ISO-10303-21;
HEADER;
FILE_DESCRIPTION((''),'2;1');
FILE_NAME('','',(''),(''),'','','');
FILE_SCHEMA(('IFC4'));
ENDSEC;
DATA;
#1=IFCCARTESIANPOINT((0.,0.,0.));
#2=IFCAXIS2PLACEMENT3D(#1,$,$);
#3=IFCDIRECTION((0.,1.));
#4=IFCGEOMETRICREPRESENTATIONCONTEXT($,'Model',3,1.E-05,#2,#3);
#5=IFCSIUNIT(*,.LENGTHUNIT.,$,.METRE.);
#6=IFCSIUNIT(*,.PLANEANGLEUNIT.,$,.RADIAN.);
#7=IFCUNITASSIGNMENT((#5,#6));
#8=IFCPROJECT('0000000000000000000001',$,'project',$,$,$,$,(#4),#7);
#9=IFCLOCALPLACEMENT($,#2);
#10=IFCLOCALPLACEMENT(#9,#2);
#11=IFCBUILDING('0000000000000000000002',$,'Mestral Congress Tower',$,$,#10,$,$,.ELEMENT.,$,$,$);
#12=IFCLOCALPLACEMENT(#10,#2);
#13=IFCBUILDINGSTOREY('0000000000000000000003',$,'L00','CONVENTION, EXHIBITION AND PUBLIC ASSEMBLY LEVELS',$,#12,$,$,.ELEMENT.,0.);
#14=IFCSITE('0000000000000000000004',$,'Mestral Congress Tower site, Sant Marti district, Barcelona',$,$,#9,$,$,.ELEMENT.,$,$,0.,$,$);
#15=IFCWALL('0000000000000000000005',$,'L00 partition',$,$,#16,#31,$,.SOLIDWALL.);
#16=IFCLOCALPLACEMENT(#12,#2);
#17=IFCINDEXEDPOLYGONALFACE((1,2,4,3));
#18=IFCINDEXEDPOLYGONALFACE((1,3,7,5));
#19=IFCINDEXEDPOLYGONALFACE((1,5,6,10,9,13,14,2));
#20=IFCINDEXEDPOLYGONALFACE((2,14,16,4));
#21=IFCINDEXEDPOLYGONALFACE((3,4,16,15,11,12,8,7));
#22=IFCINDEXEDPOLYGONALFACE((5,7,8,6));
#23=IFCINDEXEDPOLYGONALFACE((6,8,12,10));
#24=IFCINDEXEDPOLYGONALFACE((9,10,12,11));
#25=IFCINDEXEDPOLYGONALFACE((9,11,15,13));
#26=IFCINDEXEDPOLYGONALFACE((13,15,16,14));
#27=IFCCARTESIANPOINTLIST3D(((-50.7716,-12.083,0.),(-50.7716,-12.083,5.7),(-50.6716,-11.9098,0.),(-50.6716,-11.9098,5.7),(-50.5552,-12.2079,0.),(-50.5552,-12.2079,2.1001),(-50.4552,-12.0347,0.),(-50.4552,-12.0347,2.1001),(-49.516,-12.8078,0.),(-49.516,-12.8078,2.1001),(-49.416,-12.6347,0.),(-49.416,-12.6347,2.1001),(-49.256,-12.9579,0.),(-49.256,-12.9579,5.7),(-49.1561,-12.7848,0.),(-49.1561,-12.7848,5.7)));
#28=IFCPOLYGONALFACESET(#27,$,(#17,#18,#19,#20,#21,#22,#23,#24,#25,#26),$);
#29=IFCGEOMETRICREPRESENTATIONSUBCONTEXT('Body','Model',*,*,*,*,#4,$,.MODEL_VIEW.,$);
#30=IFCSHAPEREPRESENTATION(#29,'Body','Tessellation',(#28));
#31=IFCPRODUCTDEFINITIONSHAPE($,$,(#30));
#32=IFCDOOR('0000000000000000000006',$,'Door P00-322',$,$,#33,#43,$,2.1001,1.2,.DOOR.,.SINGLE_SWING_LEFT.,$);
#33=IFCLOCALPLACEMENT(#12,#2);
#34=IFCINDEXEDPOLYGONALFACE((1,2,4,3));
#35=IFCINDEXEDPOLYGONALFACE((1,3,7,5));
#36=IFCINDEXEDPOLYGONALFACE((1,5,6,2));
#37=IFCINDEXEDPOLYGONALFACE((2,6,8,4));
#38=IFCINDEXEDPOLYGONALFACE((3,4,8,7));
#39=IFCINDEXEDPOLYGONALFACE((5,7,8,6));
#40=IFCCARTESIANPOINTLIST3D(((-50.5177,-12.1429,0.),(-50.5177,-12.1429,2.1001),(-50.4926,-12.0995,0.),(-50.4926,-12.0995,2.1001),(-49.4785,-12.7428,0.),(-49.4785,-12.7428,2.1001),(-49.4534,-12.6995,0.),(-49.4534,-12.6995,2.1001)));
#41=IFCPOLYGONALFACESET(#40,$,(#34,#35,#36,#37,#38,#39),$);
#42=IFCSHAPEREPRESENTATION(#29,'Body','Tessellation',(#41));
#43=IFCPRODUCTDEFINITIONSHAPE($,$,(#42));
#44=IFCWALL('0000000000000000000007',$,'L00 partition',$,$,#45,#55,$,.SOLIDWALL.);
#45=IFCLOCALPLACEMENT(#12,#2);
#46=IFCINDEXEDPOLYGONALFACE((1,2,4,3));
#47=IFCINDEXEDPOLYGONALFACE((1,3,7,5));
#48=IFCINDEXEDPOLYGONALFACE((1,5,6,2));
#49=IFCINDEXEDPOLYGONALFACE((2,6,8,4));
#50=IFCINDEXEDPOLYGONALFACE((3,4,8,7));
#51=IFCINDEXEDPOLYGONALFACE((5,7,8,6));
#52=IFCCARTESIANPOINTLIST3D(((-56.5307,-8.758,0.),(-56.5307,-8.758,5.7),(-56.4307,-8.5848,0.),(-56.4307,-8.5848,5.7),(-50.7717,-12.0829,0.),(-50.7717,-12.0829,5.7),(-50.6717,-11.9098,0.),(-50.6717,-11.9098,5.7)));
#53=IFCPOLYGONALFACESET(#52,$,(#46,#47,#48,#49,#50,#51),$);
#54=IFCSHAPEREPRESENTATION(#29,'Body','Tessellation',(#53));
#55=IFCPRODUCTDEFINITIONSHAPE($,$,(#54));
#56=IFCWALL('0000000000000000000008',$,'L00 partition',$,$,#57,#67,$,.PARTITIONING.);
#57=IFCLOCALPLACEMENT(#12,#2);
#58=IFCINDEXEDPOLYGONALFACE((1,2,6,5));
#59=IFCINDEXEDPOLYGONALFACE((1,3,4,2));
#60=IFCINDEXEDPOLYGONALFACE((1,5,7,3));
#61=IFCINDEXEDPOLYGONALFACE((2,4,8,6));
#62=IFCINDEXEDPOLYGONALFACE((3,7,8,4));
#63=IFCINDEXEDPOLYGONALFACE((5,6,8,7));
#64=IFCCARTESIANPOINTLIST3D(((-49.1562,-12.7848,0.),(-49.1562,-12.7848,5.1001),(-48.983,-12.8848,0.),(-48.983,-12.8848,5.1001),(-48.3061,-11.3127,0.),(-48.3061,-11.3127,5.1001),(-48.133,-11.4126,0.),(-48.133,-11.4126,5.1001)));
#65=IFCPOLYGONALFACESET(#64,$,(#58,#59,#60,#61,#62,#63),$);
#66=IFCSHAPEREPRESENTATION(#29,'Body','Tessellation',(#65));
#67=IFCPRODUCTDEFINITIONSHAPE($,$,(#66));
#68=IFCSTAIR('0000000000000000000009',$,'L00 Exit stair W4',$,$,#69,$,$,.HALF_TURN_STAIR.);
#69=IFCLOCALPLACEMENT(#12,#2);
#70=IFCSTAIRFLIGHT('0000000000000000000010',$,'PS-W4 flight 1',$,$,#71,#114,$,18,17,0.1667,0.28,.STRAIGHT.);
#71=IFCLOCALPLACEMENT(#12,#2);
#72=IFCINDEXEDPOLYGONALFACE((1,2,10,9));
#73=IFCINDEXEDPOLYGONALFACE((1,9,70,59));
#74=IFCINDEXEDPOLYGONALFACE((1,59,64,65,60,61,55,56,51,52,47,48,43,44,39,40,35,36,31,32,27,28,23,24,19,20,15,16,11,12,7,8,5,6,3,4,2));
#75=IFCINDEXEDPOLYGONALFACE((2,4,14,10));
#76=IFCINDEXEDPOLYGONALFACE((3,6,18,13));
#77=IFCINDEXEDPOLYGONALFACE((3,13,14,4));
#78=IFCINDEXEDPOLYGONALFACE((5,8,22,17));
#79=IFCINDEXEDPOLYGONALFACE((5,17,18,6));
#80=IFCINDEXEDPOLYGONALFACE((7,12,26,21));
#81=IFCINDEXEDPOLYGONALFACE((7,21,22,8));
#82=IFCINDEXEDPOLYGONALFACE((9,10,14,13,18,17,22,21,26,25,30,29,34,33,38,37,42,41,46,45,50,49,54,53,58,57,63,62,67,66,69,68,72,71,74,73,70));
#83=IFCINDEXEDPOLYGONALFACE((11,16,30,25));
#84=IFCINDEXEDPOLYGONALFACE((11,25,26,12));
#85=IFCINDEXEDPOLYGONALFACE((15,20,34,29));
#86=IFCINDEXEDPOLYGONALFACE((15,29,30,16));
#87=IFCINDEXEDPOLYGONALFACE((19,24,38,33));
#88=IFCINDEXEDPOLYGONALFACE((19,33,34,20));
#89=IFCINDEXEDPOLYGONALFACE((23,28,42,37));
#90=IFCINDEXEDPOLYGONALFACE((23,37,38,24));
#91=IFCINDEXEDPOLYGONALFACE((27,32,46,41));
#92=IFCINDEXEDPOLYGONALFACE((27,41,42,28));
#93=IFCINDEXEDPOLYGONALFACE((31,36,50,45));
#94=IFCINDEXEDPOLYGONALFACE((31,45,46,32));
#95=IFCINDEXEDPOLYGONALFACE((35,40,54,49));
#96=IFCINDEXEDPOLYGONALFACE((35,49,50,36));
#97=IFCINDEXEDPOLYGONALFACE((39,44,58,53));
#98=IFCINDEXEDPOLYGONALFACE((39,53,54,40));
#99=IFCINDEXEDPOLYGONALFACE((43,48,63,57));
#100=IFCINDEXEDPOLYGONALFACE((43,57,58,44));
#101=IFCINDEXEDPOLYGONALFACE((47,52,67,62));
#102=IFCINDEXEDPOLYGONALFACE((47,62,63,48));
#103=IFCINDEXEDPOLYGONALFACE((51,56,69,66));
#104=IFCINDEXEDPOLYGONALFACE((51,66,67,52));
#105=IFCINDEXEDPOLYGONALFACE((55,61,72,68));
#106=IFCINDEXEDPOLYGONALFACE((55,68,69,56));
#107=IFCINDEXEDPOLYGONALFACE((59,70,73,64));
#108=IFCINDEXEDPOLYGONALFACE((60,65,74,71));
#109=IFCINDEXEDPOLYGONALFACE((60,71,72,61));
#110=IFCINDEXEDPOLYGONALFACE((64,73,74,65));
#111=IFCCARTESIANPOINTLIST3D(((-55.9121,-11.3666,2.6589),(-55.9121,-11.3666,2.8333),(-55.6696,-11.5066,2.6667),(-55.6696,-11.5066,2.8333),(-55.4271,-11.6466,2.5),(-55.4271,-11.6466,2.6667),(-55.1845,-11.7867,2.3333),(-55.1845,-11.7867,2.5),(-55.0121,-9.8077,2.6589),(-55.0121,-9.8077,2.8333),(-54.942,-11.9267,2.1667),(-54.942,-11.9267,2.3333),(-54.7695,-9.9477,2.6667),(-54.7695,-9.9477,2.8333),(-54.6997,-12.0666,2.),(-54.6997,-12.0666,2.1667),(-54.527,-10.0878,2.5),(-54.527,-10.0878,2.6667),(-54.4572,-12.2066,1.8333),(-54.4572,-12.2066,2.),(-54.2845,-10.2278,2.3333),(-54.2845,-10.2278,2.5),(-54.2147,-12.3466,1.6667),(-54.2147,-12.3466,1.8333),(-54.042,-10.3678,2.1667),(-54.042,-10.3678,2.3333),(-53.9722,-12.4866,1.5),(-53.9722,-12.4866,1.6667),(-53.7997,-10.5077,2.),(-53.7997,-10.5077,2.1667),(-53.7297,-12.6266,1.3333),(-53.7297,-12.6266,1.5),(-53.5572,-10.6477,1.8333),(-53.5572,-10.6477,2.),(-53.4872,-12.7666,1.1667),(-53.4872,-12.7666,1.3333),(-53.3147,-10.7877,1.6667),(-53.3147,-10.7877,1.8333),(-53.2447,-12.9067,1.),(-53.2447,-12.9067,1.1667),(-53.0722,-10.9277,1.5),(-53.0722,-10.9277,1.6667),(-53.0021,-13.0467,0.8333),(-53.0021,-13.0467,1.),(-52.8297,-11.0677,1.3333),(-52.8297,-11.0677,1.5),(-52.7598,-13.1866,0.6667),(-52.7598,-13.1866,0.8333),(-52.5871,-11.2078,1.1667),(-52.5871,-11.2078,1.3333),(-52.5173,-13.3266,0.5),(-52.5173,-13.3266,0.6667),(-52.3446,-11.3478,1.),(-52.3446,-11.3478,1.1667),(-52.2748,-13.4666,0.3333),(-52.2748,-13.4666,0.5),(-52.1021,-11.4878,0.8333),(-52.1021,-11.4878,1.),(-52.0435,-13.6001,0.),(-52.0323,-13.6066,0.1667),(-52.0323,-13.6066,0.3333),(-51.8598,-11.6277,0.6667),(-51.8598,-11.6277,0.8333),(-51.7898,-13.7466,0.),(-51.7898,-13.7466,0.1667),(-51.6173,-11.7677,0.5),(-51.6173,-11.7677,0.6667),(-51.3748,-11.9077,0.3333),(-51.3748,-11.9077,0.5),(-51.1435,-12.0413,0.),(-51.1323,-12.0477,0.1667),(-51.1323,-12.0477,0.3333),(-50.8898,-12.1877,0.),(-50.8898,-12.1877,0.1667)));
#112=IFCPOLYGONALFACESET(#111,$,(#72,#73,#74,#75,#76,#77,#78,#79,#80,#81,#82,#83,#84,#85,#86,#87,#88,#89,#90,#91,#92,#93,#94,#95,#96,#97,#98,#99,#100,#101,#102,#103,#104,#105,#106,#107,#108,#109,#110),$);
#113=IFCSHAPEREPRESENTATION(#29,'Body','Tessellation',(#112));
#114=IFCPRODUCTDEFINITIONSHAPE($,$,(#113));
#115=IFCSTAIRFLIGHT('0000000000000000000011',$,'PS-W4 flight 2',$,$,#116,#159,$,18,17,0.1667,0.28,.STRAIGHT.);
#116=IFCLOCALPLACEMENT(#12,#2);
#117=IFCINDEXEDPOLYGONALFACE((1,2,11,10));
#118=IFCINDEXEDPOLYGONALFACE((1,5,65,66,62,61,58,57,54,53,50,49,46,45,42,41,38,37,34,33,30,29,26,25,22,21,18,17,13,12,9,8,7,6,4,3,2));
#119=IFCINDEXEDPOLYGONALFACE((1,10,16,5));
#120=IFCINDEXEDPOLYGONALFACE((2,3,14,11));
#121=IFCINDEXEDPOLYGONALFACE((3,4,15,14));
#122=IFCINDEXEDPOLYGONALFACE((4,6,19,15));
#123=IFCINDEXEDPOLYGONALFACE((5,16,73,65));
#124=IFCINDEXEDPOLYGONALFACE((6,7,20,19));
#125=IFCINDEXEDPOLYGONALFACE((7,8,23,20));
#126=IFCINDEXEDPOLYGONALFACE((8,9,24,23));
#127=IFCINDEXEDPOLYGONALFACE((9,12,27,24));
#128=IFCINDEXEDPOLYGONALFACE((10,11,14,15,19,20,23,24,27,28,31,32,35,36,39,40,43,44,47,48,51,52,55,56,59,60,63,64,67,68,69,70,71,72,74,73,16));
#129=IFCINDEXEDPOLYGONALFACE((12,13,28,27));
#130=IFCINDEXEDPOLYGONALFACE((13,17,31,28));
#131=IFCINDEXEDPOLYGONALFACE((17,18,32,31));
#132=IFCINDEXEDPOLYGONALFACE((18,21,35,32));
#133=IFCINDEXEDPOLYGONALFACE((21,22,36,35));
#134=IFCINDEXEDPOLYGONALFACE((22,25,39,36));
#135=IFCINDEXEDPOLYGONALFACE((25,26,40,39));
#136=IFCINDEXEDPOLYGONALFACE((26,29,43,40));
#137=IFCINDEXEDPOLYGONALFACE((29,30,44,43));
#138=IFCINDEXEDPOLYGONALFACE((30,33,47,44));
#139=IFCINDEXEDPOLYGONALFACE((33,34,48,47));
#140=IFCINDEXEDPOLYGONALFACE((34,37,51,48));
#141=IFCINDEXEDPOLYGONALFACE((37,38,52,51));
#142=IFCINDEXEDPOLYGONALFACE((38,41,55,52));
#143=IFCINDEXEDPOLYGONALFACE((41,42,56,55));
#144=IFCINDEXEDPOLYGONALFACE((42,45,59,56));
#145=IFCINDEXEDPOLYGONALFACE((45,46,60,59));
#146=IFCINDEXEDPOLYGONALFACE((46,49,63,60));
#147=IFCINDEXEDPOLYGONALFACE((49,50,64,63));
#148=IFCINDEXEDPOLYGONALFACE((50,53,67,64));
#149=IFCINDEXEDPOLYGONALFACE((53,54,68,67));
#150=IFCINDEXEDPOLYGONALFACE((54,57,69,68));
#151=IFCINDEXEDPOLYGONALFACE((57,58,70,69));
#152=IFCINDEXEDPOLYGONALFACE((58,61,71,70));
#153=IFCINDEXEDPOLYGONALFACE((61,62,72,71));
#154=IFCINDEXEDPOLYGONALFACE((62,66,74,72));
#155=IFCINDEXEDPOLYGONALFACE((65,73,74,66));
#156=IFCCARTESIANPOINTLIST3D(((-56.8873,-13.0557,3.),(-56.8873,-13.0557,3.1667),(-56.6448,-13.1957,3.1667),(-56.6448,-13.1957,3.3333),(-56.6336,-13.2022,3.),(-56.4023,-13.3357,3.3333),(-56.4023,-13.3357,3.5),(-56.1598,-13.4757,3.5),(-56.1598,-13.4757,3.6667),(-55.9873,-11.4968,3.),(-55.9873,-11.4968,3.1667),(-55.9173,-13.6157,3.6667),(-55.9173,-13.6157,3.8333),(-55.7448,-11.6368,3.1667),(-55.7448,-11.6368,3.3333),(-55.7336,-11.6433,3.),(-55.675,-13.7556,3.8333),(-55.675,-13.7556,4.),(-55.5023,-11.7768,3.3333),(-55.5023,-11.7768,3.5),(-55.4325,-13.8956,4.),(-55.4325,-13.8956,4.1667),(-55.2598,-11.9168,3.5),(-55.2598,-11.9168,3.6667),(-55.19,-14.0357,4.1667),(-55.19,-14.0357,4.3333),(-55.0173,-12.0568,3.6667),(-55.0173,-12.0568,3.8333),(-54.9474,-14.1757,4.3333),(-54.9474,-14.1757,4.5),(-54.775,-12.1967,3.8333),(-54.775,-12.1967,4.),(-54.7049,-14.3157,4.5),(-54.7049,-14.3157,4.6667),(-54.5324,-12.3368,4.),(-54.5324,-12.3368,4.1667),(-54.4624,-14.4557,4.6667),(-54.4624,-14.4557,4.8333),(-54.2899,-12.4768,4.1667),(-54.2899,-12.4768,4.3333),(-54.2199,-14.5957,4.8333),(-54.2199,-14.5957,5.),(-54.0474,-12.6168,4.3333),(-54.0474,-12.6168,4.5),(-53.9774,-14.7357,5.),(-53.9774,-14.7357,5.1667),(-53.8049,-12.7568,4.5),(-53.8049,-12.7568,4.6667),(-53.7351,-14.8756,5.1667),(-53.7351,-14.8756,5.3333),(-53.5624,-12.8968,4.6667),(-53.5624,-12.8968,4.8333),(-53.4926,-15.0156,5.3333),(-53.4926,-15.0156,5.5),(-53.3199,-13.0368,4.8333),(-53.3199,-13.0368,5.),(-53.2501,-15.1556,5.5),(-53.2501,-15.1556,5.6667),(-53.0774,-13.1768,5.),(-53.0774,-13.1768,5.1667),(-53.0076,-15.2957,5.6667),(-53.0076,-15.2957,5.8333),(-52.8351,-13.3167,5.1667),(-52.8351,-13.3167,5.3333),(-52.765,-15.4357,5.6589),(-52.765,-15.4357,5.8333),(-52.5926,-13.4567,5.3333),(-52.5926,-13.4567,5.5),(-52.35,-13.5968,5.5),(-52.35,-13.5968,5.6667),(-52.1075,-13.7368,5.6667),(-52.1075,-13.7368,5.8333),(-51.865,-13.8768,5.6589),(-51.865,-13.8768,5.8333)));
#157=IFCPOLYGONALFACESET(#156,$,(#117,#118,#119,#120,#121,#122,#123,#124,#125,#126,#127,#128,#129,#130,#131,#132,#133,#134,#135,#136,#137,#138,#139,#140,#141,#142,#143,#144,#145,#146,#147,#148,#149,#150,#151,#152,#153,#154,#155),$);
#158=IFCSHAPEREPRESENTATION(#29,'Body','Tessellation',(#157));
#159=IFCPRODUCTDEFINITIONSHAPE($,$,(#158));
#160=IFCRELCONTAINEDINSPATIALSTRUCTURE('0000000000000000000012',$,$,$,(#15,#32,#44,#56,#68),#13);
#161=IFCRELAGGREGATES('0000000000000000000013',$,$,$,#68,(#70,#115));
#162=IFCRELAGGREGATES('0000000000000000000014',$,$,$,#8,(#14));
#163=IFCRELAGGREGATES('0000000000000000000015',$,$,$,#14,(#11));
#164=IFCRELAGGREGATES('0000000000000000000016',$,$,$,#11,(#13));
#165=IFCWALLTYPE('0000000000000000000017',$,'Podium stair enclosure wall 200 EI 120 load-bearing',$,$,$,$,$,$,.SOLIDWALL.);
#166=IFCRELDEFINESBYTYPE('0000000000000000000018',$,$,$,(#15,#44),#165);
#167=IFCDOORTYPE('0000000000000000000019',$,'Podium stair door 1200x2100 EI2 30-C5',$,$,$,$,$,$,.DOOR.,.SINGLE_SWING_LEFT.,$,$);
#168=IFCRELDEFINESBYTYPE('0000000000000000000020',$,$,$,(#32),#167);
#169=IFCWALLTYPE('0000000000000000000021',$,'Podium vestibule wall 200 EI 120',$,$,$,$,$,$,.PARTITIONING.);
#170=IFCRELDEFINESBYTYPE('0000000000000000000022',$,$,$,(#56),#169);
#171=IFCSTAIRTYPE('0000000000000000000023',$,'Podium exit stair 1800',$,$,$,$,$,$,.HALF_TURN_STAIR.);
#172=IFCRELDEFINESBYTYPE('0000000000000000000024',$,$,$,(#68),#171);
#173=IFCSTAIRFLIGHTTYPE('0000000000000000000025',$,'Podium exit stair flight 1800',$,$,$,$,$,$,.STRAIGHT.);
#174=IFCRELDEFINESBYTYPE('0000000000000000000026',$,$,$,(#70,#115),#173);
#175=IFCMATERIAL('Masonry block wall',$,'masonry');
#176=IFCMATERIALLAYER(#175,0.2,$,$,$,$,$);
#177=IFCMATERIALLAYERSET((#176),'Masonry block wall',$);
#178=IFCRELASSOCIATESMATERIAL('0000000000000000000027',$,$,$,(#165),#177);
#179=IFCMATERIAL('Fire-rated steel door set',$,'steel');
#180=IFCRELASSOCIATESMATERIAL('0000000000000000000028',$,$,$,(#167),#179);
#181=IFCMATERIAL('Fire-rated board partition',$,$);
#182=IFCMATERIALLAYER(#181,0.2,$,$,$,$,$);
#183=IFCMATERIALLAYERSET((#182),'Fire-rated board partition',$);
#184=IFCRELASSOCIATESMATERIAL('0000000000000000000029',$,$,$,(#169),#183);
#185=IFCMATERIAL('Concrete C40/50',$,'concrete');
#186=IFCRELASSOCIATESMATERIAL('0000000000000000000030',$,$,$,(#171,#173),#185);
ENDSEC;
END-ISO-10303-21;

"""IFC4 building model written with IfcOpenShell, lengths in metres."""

from ifc_helpers import new_model, si_unit, direction, frame, frame_2d, origin, place, context, subcontext, project, spatial, polyline, rectangle, outline, extrude, material, layer, layer_set, type_object, element, fill, aggregate, save


model = new_model("IFC4")

# Units and contexts
model_context = context("Model", 3, precision=1e-05, world=origin(), true_north=direction((0.0, 1.0)))
body_context = subcontext(model_context, "Body", "Model", "MODEL_VIEW")
ifc_project = project(units=[si_unit("LENGTHUNIT", "METRE"), si_unit("PLANEANGLEUNIT", "RADIAN")], contexts=[model_context])

# Site, building, storey
site_placement = place(None, origin())
site = spatial("IfcSite", under=ifc_project, at=site_placement, Name="Mestral Congress Tower site, Sant Marti district, Barcelona", CompositionType="ELEMENT", RefElevation=0.0)
building_placement = place(site_placement, origin())
building = spatial("IfcBuilding", under=site, at=building_placement, Name="Mestral Congress Tower", CompositionType="ELEMENT")
storey_placement = place(building_placement, origin())
storey = spatial("IfcBuildingStorey", under=building, at=storey_placement, Name="L00", Description="CONVENTION, EXHIBITION AND PUBLIC ASSEMBLY LEVELS", CompositionType="ELEMENT", Elevation=0.0)

# Shared definitions
ifc_material_1 = material(Name="Masonry block wall", Category="masonry")
ifc_layer_1 = layer(ifc_material_1, 0.2)
ifc_layer_set_1 = layer_set([ifc_layer_1], Name="Masonry block wall")
wall_type_1 = type_object("IfcWallType", Name="Podium stair enclosure wall 200 EI 120 load-bearing", PredefinedType="SOLIDWALL", material=ifc_layer_set_1)

# Wall, opening, door
wall_1_placement = place(storey_placement, frame((-49.2061, -12.8713, 0.0), z_axis=(0.0, 0.0, 1.0), x_axis=(-0.866037, 0.49998, 0.0)))
wall_1 = element("IfcWall", 1, at=wall_1_placement, inside=storey, type_object=wall_type_1, Name="L00 partition", PredefinedType="SOLIDWALL", context=body_context, shape_type="SweptSolid", body=[
    extrude(rectangle(XDim=1.75, YDim=0.2, at=frame_2d((0.875, 0.0))), origin(), (0.0, 0.0, 1.0), 5.7),
])
opening_1_placement = place(wall_1_placement, frame((0.3, 0.0, 0.0)))
opening_1 = element("IfcOpeningElement", 2, at=opening_1_placement, cuts=wall_1, PredefinedType="OPENING", context=body_context, shape_type="SweptSolid", body=[
    extrude(rectangle(XDim=1.2, YDim=2.1001, at=frame_2d((0.6001, 1.05))), frame((0.0, 0.1099, 0.0), z_axis=(0.0, -1.0, 0.0), x_axis=(1.0, 0.0, 0.0)), (0.0, 0.0, 1.0), 0.22),
])
ifc_material_2 = material(Name="Fire-rated steel door set", Category="steel")
door_type_1 = type_object("IfcDoorType", Name="Podium stair door 1200x2100 EI2 30-C5", OperationType="SINGLE_SWING_LEFT", PredefinedType="DOOR", material=ifc_material_2)
door_1_placement = place(opening_1_placement, origin())
door_1 = element("IfcDoor", 3, at=door_1_placement, inside=storey, type_object=door_type_1, Name="Door P00-322", OperationType="SINGLE_SWING_LEFT", OverallHeight=2.1001, OverallWidth=1.2, PredefinedType="DOOR", context=body_context, shape_type="SweptSolid", body=[
    extrude(rectangle(XDim=1.2, YDim=2.1001, at=frame_2d((0.6001, 1.05))), frame((0.0, 0.0249, 0.0), z_axis=(0.0, -1.0, 0.0), x_axis=(1.0, 0.0, 0.0)), (0.0, 0.0, 1.0), 0.05),
])
fill(opening_1, door_1)

# Walls
wall_2_placement = place(storey_placement, frame((-50.7217, -11.9963, 0.0), z_axis=(0.0, 0.0, 1.0), x_axis=(-0.866027, 0.499997, 0.0)))
element("IfcWall", 4, at=wall_2_placement, inside=storey, type_object=wall_type_1, Name="L00 partition", PredefinedType="SOLIDWALL", context=body_context, shape_type="SweptSolid", body=[
    extrude(rectangle(XDim=6.6499, YDim=0.2, at=frame_2d((3.325, 0.0))), origin(), (0.0, 0.0, 1.0), 5.7),
])
ifc_material_3 = material(Name="Fire-rated board partition")
ifc_layer_2 = layer(ifc_material_3, 0.2)
ifc_layer_set_2 = layer_set([ifc_layer_2], Name="Fire-rated board partition")
wall_type_2 = type_object("IfcWallType", Name="Podium vestibule wall 200 EI 120", PredefinedType="PARTITIONING", material=ifc_layer_set_2)
wall_3_placement = place(storey_placement, frame((-48.2195, -11.3625, 0.0), z_axis=(0.0, 0.0, 1.0), x_axis=(-0.500062, -0.865989, 0.0)))
element("IfcWall", 5, at=wall_3_placement, inside=storey, type_object=wall_type_2, Name="L00 partition", PredefinedType="PARTITIONING", context=body_context, shape_type="SweptSolid", body=[
    extrude(rectangle(XDim=1.7, YDim=0.2, at=frame_2d((0.8501, 0.0))), origin(), (0.0, 0.0, 1.0), 5.1001),
])

# Stair, stair flights
ifc_material_4 = material(Name="Concrete C40/50", Category="concrete")
stair_type = type_object("IfcStairType", Name="Podium exit stair 1800", PredefinedType="HALF_TURN_STAIR", material=ifc_material_4)
stair_placement = place(storey_placement, origin())
stair = element("IfcStair", 6, at=stair_placement, inside=storey, type_object=stair_type, Name="L00 Exit stair W4", PredefinedType="HALF_TURN_STAIR")
stair_flight_type = type_object("IfcStairFlightType", Name="Podium exit stair flight 1800", PredefinedType="STRAIGHT", material=ifc_material_4)
stair_flight_1_placement = place(storey_placement, frame((-51.3398, -12.9673, 0.0), z_axis=(0.0, 0.0, 1.0), x_axis=(-0.866025, 0.5, 0.0)))
stair_flight_1 = element("IfcStairFlight", 7, at=stair_flight_1_placement, type_object=stair_flight_type, Name="PS-W4 flight 1", NumberOfRisers=18, NumberOfTreads=17, PredefinedType="STRAIGHT", RiserHeight=0.1667, TreadLength=0.28, context=body_context, shape_type="SweptSolid", body=[
    extrude(outline(polyline([(0.0, 0.0), (0.0, 0.1667), (0.28, 0.1667), (0.28, 0.3333), (0.5601, 0.3333), (0.5601, 0.5), (0.8401, 0.5), (0.8401, 0.6667), (1.1201, 0.6667), (1.1201, 0.8333), (1.3999, 0.8333), (1.3999, 1.0), (1.6799, 1.0), (1.6799, 1.1667), (1.96, 1.1667), (1.96, 1.3333), (2.24, 1.3333), (2.24, 1.5), (2.52, 1.5), (2.52, 1.6667), (2.8, 1.6667), (2.8, 1.8333), (3.0801, 1.8333), (3.0801, 2.0), (3.3601, 2.0), (3.3601, 2.1667), (3.6399, 2.1667), (3.6399, 2.3333), (3.9199, 2.3333), (3.9199, 2.5), (4.2, 2.5), (4.2, 2.6667), (4.48, 2.6667), (4.48, 2.8333), (4.76, 2.8333), (4.76, 3.0), (4.76, 2.6589), (0.293, 0.0), (0.0, 0.0)])), frame((0.0, 0.8999, 0.0), z_axis=(0.0, -1.0, 0.0), x_axis=(1.0, 0.0, 0.0)), (0.0, 0.0, 1.0), 1.8),
])
stair_flight_2_placement = place(storey_placement, frame((-56.4373, -12.2761, 3.0), z_axis=(0.0, 0.0, 1.0), x_axis=(0.866025, -0.5, 0.0)))
stair_flight_2 = element("IfcStairFlight", 8, at=stair_flight_2_placement, type_object=stair_flight_type, Name="PS-W4 flight 2", NumberOfRisers=18, NumberOfTreads=17, PredefinedType="STRAIGHT", RiserHeight=0.1667, TreadLength=0.28, context=body_context, shape_type="SweptSolid", body=[
    extrude(outline(polyline([(0.0, 0.0), (0.0, 0.1667), (0.28, 0.1667), (0.28, 0.3333), (0.5601, 0.3333), (0.5601, 0.5), (0.8401, 0.5), (0.8401, 0.6667), (1.1201, 0.6667), (1.1201, 0.8333), (1.3999, 0.8333), (1.3999, 1.0), (1.6799, 1.0), (1.6799, 1.1667), (1.96, 1.1667), (1.96, 1.3333), (2.24, 1.3333), (2.24, 1.5), (2.52, 1.5), (2.52, 1.6667), (2.8, 1.6667), (2.8, 1.8333), (3.0801, 1.8333), (3.0801, 2.0), (3.3601, 2.0), (3.3601, 2.1667), (3.6399, 2.1667), (3.6399, 2.3333), (3.9199, 2.3333), (3.9199, 2.5), (4.2, 2.5), (4.2, 2.6667), (4.48, 2.6667), (4.48, 2.8333), (4.76, 2.8333), (4.76, 3.0), (4.76, 2.6589), (0.293, 0.0), (0.0, 0.0)])), frame((0.0, 0.8999, 0.0), z_axis=(0.0, -1.0, 0.0), x_axis=(1.0, 0.0, 0.0)), (0.0, 0.0, 1.0), 1.8),
])
aggregate(stair, [stair_flight_1, stair_flight_2])

save(model, "model.ifc")
